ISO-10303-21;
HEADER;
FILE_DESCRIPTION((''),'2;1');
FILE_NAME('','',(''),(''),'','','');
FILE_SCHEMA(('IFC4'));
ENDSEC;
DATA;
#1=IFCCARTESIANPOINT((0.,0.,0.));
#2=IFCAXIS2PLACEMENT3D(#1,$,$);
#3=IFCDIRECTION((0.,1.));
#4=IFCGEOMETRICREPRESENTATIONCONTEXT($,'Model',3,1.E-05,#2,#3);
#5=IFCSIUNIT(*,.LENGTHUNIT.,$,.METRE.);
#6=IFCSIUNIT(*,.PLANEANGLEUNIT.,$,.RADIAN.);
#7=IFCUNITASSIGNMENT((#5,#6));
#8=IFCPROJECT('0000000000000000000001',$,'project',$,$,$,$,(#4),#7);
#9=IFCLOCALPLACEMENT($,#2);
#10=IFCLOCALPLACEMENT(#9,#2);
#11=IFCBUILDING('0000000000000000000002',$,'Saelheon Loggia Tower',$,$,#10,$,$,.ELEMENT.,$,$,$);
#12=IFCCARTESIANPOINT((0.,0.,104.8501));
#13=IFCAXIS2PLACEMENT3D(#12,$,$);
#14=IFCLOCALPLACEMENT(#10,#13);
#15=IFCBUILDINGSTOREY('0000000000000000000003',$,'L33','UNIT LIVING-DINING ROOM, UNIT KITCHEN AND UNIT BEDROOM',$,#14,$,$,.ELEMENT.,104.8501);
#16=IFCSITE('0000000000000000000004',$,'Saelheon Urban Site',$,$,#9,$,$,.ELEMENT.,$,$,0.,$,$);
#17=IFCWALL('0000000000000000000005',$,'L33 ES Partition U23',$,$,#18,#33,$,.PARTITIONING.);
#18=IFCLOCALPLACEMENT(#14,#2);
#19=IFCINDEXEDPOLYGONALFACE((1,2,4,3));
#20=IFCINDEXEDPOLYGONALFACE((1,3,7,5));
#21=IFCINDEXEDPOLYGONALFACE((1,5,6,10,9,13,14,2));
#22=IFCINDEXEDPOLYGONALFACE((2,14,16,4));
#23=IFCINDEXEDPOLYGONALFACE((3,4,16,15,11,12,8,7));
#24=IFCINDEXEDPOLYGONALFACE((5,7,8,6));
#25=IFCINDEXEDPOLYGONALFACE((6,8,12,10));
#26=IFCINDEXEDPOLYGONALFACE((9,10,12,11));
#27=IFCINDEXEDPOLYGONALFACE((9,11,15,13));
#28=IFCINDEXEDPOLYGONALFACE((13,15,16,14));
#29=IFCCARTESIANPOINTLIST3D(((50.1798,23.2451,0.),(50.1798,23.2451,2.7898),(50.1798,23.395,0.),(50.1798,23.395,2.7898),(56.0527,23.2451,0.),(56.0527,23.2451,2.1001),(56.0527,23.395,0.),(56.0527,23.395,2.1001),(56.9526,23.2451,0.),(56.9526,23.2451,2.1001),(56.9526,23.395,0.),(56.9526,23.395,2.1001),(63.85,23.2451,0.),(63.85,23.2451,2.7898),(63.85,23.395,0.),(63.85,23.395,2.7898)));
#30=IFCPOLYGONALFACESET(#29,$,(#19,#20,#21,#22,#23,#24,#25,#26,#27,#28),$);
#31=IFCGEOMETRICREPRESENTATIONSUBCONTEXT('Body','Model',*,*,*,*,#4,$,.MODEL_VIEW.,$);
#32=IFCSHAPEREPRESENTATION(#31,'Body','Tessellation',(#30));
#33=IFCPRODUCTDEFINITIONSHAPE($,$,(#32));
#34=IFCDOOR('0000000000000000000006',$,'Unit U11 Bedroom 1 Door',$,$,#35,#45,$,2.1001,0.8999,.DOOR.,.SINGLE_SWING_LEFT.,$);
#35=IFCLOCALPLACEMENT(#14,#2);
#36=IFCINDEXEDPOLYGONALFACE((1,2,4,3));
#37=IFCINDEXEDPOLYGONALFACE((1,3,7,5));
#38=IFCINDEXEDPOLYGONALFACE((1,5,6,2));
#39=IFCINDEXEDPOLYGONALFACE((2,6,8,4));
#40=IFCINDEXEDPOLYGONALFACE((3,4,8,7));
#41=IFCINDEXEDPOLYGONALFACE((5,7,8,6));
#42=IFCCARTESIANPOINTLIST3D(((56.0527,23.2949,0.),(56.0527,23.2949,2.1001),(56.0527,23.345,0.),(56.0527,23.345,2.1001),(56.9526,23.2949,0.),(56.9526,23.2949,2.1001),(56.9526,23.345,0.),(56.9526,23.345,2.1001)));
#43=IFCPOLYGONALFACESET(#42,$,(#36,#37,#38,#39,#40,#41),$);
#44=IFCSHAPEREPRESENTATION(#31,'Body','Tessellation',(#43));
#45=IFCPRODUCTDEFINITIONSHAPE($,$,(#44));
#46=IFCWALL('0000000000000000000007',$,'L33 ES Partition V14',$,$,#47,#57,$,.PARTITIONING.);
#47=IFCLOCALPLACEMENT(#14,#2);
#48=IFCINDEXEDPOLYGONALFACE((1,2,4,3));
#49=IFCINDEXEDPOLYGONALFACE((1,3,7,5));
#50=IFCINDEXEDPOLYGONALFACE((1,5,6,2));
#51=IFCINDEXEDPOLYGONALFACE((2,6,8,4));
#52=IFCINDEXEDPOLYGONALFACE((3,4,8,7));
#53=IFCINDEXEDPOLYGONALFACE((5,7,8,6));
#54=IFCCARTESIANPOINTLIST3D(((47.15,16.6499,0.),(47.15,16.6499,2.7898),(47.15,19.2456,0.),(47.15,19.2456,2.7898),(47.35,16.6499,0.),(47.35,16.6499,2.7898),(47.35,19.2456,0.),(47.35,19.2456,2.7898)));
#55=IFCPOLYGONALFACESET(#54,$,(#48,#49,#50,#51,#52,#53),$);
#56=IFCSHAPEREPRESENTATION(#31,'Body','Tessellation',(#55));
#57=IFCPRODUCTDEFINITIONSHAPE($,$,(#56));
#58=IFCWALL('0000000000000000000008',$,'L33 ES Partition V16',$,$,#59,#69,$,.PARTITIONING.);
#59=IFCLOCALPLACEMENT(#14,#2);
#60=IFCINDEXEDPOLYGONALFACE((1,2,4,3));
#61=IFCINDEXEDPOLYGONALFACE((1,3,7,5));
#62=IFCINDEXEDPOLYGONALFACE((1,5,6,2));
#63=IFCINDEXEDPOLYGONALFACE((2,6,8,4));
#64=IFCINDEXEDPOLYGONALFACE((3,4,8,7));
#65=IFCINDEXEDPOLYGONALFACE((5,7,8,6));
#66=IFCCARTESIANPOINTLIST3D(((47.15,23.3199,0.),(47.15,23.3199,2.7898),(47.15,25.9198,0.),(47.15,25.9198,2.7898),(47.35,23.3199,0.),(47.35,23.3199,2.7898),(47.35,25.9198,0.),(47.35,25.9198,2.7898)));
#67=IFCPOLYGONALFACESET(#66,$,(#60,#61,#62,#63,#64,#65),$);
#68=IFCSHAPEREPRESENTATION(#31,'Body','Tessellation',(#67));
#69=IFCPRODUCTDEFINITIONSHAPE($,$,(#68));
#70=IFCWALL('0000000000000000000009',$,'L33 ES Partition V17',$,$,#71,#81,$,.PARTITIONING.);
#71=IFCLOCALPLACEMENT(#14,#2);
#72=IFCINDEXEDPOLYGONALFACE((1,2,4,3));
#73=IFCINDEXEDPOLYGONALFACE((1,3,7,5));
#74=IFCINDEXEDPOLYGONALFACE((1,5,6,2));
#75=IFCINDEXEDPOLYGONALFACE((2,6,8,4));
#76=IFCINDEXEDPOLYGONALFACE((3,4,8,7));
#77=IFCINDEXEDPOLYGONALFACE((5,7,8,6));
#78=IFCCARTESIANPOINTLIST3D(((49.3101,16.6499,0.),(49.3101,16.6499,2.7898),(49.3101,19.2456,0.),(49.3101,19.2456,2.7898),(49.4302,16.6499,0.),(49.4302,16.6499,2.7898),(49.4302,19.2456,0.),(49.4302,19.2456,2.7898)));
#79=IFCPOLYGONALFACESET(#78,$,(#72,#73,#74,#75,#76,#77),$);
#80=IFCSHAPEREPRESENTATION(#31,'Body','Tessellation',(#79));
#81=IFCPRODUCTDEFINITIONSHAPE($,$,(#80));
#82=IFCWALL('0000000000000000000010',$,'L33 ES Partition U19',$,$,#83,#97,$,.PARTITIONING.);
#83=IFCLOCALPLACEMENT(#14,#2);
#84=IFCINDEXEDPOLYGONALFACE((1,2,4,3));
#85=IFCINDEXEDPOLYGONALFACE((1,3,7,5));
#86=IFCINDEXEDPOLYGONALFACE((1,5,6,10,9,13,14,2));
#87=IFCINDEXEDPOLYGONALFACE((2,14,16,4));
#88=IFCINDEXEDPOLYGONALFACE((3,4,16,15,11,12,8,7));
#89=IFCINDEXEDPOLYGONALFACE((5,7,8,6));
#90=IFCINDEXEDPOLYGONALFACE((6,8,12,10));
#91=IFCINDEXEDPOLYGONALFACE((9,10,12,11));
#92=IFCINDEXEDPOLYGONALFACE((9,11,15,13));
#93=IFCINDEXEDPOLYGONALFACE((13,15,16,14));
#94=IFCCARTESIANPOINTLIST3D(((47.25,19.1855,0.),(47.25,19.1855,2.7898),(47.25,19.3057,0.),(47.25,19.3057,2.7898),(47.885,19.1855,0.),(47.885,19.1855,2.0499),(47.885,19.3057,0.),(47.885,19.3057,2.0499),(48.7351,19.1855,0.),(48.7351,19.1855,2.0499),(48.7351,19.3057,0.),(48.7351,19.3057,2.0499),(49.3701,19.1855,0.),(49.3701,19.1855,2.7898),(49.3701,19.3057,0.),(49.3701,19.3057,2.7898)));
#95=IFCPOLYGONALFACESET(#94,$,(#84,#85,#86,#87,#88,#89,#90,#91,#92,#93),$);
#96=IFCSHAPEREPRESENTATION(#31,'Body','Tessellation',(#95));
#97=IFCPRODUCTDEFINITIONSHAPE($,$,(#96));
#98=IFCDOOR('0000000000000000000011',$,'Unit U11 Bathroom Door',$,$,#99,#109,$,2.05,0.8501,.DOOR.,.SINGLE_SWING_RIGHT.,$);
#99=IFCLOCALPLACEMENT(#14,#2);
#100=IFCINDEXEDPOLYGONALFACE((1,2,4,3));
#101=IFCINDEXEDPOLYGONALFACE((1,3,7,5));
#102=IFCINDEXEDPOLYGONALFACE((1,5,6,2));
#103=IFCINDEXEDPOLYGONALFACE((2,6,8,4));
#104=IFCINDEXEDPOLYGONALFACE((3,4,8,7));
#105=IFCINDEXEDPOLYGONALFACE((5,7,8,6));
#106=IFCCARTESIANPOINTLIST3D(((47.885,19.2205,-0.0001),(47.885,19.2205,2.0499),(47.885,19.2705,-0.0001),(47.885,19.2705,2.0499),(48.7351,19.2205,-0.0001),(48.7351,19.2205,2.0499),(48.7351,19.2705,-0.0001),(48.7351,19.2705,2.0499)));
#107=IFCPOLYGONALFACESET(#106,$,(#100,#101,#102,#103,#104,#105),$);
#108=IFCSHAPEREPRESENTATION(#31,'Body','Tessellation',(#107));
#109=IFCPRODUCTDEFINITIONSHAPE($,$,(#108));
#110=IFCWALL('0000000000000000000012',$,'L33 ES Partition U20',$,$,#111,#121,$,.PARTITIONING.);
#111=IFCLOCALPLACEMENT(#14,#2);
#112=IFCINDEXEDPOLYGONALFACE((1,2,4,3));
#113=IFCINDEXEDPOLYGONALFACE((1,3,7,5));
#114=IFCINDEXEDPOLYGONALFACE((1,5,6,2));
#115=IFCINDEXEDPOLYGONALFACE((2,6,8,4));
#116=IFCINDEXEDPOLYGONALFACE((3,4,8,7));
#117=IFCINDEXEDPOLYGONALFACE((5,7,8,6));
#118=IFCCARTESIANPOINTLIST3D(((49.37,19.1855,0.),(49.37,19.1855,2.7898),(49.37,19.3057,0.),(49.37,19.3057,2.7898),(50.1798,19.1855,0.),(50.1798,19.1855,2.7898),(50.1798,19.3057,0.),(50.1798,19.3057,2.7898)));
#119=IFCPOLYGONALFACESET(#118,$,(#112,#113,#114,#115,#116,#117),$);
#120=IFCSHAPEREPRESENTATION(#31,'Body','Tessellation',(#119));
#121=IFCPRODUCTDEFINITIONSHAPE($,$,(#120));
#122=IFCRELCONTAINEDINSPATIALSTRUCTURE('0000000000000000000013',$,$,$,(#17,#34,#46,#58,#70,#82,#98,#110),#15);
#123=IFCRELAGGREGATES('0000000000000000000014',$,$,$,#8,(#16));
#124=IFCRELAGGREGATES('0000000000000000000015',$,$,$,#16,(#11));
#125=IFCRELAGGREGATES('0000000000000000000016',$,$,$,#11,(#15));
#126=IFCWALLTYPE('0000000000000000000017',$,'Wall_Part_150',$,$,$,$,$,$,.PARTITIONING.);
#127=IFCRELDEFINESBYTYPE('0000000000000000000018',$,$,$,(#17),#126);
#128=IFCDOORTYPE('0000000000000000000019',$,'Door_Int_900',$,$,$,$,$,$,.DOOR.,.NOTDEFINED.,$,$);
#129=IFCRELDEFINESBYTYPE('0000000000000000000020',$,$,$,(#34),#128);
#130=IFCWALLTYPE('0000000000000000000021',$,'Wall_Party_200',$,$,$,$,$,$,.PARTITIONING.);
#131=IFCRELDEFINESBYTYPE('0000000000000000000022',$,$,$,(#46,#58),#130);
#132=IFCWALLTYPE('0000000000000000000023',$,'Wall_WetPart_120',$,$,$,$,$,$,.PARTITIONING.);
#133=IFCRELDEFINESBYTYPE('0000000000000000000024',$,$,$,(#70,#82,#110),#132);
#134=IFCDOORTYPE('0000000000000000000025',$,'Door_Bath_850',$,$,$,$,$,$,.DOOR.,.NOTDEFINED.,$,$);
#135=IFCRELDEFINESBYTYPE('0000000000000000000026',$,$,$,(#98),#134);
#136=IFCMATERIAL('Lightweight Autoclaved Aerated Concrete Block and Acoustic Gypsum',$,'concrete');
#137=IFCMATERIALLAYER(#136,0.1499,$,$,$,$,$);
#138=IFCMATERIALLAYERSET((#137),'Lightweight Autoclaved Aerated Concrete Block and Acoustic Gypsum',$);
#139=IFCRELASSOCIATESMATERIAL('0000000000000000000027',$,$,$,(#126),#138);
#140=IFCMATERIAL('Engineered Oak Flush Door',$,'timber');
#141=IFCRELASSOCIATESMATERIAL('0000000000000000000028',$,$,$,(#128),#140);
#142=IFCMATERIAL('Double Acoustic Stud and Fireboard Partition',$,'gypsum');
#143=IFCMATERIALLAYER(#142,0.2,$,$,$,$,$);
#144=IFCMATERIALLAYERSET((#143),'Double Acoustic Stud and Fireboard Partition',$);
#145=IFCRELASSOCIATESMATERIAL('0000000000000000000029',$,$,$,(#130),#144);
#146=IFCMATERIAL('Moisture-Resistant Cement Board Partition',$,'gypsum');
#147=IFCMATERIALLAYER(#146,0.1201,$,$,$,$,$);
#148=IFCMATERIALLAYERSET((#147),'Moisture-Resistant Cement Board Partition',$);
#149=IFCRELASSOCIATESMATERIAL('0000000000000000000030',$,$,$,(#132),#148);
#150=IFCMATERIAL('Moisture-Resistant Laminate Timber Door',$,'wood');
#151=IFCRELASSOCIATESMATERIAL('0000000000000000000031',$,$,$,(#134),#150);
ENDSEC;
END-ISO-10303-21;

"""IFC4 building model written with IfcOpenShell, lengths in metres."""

from ifc_helpers import new_model, si_unit, direction, frame, frame_2d, origin, place, context, subcontext, project, spatial, rectangle, extrude, source, transform, mapped, material, layer, layer_set, type_object, element, fill, save


model = new_model("IFC4")

# Units and contexts
model_context = context("Model", 3, precision=1e-05, world=origin(), true_north=direction((0.0, 1.0)))
body_context = subcontext(model_context, "Body", "Model", "MODEL_VIEW")
ifc_project = project(units=[si_unit("LENGTHUNIT", "METRE"), si_unit("PLANEANGLEUNIT", "RADIAN")], contexts=[model_context])

# Site, building, storey
site_placement = place(None, origin())
site = spatial("IfcSite", under=ifc_project, at=site_placement, Name="Saelheon Urban Site", CompositionType="ELEMENT", RefElevation=0.0)
building_placement = place(site_placement, origin())
building = spatial("IfcBuilding", under=site, at=building_placement, Name="Saelheon Loggia Tower", CompositionType="ELEMENT")
storey_placement = place(building_placement, frame((0.0, 0.0, 104.8501)))
storey = spatial("IfcBuildingStorey", under=building, at=storey_placement, Name="L33", Description="UNIT LIVING-DINING ROOM, UNIT KITCHEN AND UNIT BEDROOM", CompositionType="ELEMENT", Elevation=104.8501)

# Shared definitions
ifc_material_1 = material(Name="Lightweight Autoclaved Aerated Concrete Block and Acoustic Gypsum", Category="concrete")
ifc_layer_1 = layer(ifc_material_1, 0.1499)
ifc_layer_set_1 = layer_set([ifc_layer_1], Name="Lightweight Autoclaved Aerated Concrete Block and Acoustic Gypsum")
wall_type_1 = type_object("IfcWallType", Name="Wall_Part_150", PredefinedType="PARTITIONING", material=ifc_layer_set_1)

# Wall, opening, door
ifc_material_2 = material(Name="Engineered Oak Flush Door", Category="timber")
door_type_1 = type_object("IfcDoorType", Name="Door_Int_900", OperationType="NOTDEFINED", PredefinedType="DOOR", material=ifc_material_2)
shared_shape_1 = source(origin(), body_context, "Body", "SweptSolid", [
    extrude(rectangle(XDim=0.8999, YDim=2.1001, at=frame_2d((0.45, 1.05))), frame((0.0, 0.0249, 0.0), z_axis=(0.0, -1.0, 0.0), x_axis=(1.0, 0.0, 0.0)), (0.0, 0.0, 1.0), 0.05),
])
wall_1_placement = place(storey_placement, frame((50.1799, 23.3201, 0.0), z_axis=(0.0, 0.0, 1.0), x_axis=(1.0, 0.0, 0.0)))
wall_1 = element("IfcWall", 1, at=wall_1_placement, inside=storey, type_object=wall_type_1, Name="L33 ES Partition U23", PredefinedType="PARTITIONING", context=body_context, shape_type="SweptSolid", body=[
    extrude(rectangle(XDim=13.6702, YDim=0.1499, at=frame_2d((6.835, 0.0))), origin(), (0.0, 0.0, 1.0), 2.7898),
])
opening_1_placement = place(wall_1_placement, frame((5.8728, 0.0, 0.0)))
opening_1 = element("IfcOpeningElement", 2, at=opening_1_placement, cuts=wall_1, PredefinedType="OPENING", context=body_context, shape_type="SweptSolid", body=[
    extrude(rectangle(XDim=0.8999, YDim=2.1001, at=frame_2d((0.45, 1.05))), frame((0.0, 0.0869, 0.0), z_axis=(0.0, -1.0, 0.0), x_axis=(1.0, 0.0, 0.0)), (0.0, 0.0, 1.0), 0.1738),
])
door_1_placement = place(opening_1_placement, origin())
door_1 = element("IfcDoor", 3, at=door_1_placement, inside=storey, type_object=door_type_1, Name="Unit U11 Bedroom 1 Door", OperationType="SINGLE_SWING_LEFT", OverallHeight=2.1001, OverallWidth=0.8999, PredefinedType="DOOR", context=body_context, shape_type="MappedRepresentation", body=[
    mapped(shared_shape_1, transform((0.0, 0.0, 0.0), scale=1.0)),
])
fill(opening_1, door_1)

# Wall
ifc_material_3 = material(Name="Double Acoustic Stud and Fireboard Partition", Category="gypsum")
ifc_layer_2 = layer(ifc_material_3, 0.2)
ifc_layer_set_2 = layer_set([ifc_layer_2], Name="Double Acoustic Stud and Fireboard Partition")
wall_type_2 = type_object("IfcWallType", Name="Wall_Party_200", PredefinedType="PARTITIONING", material=ifc_layer_set_2)
wall_2_placement = place(storey_placement, frame((47.25, 16.6499, 0.0), z_axis=(0.0, 0.0, 1.0), x_axis=(0.0, 1.0, 0.0)))
element("IfcWall", 4, at=wall_2_placement, inside=storey, type_object=wall_type_2, Name="L33 ES Partition V14", PredefinedType="PARTITIONING", context=body_context, shape_type="SweptSolid", body=[
    extrude(rectangle(XDim=2.5957, YDim=0.2, at=frame_2d((1.2979, 0.0))), origin(), (0.0, 0.0, 1.0), 2.7898),
])

# Walls
wall_3_placement = place(storey_placement, frame((47.25, 23.3201, 0.0), z_axis=(0.0, 0.0, 1.0), x_axis=(0.0, 1.0, 0.0)))
element("IfcWall", 5, at=wall_3_placement, inside=storey, type_object=wall_type_2, Name="L33 ES Partition V16", PredefinedType="PARTITIONING", context=body_context, shape_type="SweptSolid", body=[
    extrude(rectangle(XDim=2.5999, YDim=0.2, at=frame_2d((1.2998, 0.0))), origin(), (0.0, 0.0, 1.0), 2.7898),
])
ifc_material_4 = material(Name="Moisture-Resistant Cement Board Partition", Category="gypsum")
ifc_layer_3 = layer(ifc_material_4, 0.1201)
ifc_layer_set_3 = layer_set([ifc_layer_3], Name="Moisture-Resistant Cement Board Partition")
wall_type_3 = type_object("IfcWallType", Name="Wall_WetPart_120", PredefinedType="PARTITIONING", material=ifc_layer_set_3)
wall_4_placement = place(storey_placement, frame((49.3701, 16.6499, 0.0), z_axis=(0.0, 0.0, 1.0), x_axis=(0.0, 1.0, 0.0)))
element("IfcWall", 6, at=wall_4_placement, inside=storey, type_object=wall_type_3, Name="L33 ES Partition V17", PredefinedType="PARTITIONING", context=body_context, shape_type="SweptSolid", body=[
    extrude(rectangle(XDim=2.5957, YDim=0.1201, at=frame_2d((1.2979, 0.0))), origin(), (0.0, 0.0, 1.0), 2.7898),
])

# Wall, opening, door
wall_5_placement = place(storey_placement, frame((47.25, 19.2456, 0.0), z_axis=(0.0, 0.0, 1.0), x_axis=(1.0, 0.0, 0.0)))
wall_5 = element("IfcWall", 7, at=wall_5_placement, inside=storey, type_object=wall_type_3, Name="L33 ES Partition U19", PredefinedType="PARTITIONING", context=body_context, shape_type="SweptSolid", body=[
    extrude(rectangle(XDim=2.1201, YDim=0.1201, at=frame_2d((1.0601, 0.0))), origin(), (0.0, 0.0, 1.0), 2.7898),
])
opening_2_placement = place(wall_5_placement, frame((0.635, 0.0, 0.0)))
opening_2 = element("IfcOpeningElement", 8, at=opening_2_placement, cuts=wall_5, PredefinedType="OPENING", context=body_context, shape_type="SweptSolid", body=[
    extrude(rectangle(XDim=0.8501, YDim=2.05, at=frame_2d((0.425, 1.0249))), frame((0.0, 0.072, 0.0), z_axis=(0.0, -1.0, 0.0), x_axis=(1.0, 0.0, 0.0)), (0.0, 0.0, 1.0), 0.144),
])
ifc_material_5 = material(Name="Moisture-Resistant Laminate Timber Door", Category="wood")
door_type_2 = type_object("IfcDoorType", Name="Door_Bath_850", OperationType="NOTDEFINED", PredefinedType="DOOR", material=ifc_material_5)
shared_shape_2 = source(origin(), body_context, "Body", "SweptSolid", [
    extrude(rectangle(XDim=0.8501, YDim=2.05, at=frame_2d((0.425, 1.0249))), frame((0.0, 0.0249, 0.0), z_axis=(0.0, -1.0, 0.0), x_axis=(1.0, 0.0, 0.0)), (0.0, 0.0, 1.0), 0.05),
])
door_2_placement = place(opening_2_placement, origin())
door_2 = element("IfcDoor", 9, at=door_2_placement, inside=storey, type_object=door_type_2, Name="Unit U11 Bathroom Door", OperationType="SINGLE_SWING_RIGHT", OverallHeight=2.05, OverallWidth=0.8501, PredefinedType="DOOR", context=body_context, shape_type="MappedRepresentation", body=[
    mapped(shared_shape_2, transform((0.0, 0.0, 0.0), scale=1.0)),
])
fill(opening_2, door_2)

# Wall
wall_6_placement = place(storey_placement, frame((49.3701, 19.2456, 0.0), z_axis=(0.0, 0.0, 1.0), x_axis=(1.0, 0.0, 0.0)))
element("IfcWall", 10, at=wall_6_placement, inside=storey, type_object=wall_type_3, Name="L33 ES Partition U20", PredefinedType="PARTITIONING", context=body_context, shape_type="SweptSolid", body=[
    extrude(rectangle(XDim=0.8098, YDim=0.1201, at=frame_2d((0.4048, 0.0))), origin(), (0.0, 0.0, 1.0), 2.7898),
])

save(model, "model.ifc")
